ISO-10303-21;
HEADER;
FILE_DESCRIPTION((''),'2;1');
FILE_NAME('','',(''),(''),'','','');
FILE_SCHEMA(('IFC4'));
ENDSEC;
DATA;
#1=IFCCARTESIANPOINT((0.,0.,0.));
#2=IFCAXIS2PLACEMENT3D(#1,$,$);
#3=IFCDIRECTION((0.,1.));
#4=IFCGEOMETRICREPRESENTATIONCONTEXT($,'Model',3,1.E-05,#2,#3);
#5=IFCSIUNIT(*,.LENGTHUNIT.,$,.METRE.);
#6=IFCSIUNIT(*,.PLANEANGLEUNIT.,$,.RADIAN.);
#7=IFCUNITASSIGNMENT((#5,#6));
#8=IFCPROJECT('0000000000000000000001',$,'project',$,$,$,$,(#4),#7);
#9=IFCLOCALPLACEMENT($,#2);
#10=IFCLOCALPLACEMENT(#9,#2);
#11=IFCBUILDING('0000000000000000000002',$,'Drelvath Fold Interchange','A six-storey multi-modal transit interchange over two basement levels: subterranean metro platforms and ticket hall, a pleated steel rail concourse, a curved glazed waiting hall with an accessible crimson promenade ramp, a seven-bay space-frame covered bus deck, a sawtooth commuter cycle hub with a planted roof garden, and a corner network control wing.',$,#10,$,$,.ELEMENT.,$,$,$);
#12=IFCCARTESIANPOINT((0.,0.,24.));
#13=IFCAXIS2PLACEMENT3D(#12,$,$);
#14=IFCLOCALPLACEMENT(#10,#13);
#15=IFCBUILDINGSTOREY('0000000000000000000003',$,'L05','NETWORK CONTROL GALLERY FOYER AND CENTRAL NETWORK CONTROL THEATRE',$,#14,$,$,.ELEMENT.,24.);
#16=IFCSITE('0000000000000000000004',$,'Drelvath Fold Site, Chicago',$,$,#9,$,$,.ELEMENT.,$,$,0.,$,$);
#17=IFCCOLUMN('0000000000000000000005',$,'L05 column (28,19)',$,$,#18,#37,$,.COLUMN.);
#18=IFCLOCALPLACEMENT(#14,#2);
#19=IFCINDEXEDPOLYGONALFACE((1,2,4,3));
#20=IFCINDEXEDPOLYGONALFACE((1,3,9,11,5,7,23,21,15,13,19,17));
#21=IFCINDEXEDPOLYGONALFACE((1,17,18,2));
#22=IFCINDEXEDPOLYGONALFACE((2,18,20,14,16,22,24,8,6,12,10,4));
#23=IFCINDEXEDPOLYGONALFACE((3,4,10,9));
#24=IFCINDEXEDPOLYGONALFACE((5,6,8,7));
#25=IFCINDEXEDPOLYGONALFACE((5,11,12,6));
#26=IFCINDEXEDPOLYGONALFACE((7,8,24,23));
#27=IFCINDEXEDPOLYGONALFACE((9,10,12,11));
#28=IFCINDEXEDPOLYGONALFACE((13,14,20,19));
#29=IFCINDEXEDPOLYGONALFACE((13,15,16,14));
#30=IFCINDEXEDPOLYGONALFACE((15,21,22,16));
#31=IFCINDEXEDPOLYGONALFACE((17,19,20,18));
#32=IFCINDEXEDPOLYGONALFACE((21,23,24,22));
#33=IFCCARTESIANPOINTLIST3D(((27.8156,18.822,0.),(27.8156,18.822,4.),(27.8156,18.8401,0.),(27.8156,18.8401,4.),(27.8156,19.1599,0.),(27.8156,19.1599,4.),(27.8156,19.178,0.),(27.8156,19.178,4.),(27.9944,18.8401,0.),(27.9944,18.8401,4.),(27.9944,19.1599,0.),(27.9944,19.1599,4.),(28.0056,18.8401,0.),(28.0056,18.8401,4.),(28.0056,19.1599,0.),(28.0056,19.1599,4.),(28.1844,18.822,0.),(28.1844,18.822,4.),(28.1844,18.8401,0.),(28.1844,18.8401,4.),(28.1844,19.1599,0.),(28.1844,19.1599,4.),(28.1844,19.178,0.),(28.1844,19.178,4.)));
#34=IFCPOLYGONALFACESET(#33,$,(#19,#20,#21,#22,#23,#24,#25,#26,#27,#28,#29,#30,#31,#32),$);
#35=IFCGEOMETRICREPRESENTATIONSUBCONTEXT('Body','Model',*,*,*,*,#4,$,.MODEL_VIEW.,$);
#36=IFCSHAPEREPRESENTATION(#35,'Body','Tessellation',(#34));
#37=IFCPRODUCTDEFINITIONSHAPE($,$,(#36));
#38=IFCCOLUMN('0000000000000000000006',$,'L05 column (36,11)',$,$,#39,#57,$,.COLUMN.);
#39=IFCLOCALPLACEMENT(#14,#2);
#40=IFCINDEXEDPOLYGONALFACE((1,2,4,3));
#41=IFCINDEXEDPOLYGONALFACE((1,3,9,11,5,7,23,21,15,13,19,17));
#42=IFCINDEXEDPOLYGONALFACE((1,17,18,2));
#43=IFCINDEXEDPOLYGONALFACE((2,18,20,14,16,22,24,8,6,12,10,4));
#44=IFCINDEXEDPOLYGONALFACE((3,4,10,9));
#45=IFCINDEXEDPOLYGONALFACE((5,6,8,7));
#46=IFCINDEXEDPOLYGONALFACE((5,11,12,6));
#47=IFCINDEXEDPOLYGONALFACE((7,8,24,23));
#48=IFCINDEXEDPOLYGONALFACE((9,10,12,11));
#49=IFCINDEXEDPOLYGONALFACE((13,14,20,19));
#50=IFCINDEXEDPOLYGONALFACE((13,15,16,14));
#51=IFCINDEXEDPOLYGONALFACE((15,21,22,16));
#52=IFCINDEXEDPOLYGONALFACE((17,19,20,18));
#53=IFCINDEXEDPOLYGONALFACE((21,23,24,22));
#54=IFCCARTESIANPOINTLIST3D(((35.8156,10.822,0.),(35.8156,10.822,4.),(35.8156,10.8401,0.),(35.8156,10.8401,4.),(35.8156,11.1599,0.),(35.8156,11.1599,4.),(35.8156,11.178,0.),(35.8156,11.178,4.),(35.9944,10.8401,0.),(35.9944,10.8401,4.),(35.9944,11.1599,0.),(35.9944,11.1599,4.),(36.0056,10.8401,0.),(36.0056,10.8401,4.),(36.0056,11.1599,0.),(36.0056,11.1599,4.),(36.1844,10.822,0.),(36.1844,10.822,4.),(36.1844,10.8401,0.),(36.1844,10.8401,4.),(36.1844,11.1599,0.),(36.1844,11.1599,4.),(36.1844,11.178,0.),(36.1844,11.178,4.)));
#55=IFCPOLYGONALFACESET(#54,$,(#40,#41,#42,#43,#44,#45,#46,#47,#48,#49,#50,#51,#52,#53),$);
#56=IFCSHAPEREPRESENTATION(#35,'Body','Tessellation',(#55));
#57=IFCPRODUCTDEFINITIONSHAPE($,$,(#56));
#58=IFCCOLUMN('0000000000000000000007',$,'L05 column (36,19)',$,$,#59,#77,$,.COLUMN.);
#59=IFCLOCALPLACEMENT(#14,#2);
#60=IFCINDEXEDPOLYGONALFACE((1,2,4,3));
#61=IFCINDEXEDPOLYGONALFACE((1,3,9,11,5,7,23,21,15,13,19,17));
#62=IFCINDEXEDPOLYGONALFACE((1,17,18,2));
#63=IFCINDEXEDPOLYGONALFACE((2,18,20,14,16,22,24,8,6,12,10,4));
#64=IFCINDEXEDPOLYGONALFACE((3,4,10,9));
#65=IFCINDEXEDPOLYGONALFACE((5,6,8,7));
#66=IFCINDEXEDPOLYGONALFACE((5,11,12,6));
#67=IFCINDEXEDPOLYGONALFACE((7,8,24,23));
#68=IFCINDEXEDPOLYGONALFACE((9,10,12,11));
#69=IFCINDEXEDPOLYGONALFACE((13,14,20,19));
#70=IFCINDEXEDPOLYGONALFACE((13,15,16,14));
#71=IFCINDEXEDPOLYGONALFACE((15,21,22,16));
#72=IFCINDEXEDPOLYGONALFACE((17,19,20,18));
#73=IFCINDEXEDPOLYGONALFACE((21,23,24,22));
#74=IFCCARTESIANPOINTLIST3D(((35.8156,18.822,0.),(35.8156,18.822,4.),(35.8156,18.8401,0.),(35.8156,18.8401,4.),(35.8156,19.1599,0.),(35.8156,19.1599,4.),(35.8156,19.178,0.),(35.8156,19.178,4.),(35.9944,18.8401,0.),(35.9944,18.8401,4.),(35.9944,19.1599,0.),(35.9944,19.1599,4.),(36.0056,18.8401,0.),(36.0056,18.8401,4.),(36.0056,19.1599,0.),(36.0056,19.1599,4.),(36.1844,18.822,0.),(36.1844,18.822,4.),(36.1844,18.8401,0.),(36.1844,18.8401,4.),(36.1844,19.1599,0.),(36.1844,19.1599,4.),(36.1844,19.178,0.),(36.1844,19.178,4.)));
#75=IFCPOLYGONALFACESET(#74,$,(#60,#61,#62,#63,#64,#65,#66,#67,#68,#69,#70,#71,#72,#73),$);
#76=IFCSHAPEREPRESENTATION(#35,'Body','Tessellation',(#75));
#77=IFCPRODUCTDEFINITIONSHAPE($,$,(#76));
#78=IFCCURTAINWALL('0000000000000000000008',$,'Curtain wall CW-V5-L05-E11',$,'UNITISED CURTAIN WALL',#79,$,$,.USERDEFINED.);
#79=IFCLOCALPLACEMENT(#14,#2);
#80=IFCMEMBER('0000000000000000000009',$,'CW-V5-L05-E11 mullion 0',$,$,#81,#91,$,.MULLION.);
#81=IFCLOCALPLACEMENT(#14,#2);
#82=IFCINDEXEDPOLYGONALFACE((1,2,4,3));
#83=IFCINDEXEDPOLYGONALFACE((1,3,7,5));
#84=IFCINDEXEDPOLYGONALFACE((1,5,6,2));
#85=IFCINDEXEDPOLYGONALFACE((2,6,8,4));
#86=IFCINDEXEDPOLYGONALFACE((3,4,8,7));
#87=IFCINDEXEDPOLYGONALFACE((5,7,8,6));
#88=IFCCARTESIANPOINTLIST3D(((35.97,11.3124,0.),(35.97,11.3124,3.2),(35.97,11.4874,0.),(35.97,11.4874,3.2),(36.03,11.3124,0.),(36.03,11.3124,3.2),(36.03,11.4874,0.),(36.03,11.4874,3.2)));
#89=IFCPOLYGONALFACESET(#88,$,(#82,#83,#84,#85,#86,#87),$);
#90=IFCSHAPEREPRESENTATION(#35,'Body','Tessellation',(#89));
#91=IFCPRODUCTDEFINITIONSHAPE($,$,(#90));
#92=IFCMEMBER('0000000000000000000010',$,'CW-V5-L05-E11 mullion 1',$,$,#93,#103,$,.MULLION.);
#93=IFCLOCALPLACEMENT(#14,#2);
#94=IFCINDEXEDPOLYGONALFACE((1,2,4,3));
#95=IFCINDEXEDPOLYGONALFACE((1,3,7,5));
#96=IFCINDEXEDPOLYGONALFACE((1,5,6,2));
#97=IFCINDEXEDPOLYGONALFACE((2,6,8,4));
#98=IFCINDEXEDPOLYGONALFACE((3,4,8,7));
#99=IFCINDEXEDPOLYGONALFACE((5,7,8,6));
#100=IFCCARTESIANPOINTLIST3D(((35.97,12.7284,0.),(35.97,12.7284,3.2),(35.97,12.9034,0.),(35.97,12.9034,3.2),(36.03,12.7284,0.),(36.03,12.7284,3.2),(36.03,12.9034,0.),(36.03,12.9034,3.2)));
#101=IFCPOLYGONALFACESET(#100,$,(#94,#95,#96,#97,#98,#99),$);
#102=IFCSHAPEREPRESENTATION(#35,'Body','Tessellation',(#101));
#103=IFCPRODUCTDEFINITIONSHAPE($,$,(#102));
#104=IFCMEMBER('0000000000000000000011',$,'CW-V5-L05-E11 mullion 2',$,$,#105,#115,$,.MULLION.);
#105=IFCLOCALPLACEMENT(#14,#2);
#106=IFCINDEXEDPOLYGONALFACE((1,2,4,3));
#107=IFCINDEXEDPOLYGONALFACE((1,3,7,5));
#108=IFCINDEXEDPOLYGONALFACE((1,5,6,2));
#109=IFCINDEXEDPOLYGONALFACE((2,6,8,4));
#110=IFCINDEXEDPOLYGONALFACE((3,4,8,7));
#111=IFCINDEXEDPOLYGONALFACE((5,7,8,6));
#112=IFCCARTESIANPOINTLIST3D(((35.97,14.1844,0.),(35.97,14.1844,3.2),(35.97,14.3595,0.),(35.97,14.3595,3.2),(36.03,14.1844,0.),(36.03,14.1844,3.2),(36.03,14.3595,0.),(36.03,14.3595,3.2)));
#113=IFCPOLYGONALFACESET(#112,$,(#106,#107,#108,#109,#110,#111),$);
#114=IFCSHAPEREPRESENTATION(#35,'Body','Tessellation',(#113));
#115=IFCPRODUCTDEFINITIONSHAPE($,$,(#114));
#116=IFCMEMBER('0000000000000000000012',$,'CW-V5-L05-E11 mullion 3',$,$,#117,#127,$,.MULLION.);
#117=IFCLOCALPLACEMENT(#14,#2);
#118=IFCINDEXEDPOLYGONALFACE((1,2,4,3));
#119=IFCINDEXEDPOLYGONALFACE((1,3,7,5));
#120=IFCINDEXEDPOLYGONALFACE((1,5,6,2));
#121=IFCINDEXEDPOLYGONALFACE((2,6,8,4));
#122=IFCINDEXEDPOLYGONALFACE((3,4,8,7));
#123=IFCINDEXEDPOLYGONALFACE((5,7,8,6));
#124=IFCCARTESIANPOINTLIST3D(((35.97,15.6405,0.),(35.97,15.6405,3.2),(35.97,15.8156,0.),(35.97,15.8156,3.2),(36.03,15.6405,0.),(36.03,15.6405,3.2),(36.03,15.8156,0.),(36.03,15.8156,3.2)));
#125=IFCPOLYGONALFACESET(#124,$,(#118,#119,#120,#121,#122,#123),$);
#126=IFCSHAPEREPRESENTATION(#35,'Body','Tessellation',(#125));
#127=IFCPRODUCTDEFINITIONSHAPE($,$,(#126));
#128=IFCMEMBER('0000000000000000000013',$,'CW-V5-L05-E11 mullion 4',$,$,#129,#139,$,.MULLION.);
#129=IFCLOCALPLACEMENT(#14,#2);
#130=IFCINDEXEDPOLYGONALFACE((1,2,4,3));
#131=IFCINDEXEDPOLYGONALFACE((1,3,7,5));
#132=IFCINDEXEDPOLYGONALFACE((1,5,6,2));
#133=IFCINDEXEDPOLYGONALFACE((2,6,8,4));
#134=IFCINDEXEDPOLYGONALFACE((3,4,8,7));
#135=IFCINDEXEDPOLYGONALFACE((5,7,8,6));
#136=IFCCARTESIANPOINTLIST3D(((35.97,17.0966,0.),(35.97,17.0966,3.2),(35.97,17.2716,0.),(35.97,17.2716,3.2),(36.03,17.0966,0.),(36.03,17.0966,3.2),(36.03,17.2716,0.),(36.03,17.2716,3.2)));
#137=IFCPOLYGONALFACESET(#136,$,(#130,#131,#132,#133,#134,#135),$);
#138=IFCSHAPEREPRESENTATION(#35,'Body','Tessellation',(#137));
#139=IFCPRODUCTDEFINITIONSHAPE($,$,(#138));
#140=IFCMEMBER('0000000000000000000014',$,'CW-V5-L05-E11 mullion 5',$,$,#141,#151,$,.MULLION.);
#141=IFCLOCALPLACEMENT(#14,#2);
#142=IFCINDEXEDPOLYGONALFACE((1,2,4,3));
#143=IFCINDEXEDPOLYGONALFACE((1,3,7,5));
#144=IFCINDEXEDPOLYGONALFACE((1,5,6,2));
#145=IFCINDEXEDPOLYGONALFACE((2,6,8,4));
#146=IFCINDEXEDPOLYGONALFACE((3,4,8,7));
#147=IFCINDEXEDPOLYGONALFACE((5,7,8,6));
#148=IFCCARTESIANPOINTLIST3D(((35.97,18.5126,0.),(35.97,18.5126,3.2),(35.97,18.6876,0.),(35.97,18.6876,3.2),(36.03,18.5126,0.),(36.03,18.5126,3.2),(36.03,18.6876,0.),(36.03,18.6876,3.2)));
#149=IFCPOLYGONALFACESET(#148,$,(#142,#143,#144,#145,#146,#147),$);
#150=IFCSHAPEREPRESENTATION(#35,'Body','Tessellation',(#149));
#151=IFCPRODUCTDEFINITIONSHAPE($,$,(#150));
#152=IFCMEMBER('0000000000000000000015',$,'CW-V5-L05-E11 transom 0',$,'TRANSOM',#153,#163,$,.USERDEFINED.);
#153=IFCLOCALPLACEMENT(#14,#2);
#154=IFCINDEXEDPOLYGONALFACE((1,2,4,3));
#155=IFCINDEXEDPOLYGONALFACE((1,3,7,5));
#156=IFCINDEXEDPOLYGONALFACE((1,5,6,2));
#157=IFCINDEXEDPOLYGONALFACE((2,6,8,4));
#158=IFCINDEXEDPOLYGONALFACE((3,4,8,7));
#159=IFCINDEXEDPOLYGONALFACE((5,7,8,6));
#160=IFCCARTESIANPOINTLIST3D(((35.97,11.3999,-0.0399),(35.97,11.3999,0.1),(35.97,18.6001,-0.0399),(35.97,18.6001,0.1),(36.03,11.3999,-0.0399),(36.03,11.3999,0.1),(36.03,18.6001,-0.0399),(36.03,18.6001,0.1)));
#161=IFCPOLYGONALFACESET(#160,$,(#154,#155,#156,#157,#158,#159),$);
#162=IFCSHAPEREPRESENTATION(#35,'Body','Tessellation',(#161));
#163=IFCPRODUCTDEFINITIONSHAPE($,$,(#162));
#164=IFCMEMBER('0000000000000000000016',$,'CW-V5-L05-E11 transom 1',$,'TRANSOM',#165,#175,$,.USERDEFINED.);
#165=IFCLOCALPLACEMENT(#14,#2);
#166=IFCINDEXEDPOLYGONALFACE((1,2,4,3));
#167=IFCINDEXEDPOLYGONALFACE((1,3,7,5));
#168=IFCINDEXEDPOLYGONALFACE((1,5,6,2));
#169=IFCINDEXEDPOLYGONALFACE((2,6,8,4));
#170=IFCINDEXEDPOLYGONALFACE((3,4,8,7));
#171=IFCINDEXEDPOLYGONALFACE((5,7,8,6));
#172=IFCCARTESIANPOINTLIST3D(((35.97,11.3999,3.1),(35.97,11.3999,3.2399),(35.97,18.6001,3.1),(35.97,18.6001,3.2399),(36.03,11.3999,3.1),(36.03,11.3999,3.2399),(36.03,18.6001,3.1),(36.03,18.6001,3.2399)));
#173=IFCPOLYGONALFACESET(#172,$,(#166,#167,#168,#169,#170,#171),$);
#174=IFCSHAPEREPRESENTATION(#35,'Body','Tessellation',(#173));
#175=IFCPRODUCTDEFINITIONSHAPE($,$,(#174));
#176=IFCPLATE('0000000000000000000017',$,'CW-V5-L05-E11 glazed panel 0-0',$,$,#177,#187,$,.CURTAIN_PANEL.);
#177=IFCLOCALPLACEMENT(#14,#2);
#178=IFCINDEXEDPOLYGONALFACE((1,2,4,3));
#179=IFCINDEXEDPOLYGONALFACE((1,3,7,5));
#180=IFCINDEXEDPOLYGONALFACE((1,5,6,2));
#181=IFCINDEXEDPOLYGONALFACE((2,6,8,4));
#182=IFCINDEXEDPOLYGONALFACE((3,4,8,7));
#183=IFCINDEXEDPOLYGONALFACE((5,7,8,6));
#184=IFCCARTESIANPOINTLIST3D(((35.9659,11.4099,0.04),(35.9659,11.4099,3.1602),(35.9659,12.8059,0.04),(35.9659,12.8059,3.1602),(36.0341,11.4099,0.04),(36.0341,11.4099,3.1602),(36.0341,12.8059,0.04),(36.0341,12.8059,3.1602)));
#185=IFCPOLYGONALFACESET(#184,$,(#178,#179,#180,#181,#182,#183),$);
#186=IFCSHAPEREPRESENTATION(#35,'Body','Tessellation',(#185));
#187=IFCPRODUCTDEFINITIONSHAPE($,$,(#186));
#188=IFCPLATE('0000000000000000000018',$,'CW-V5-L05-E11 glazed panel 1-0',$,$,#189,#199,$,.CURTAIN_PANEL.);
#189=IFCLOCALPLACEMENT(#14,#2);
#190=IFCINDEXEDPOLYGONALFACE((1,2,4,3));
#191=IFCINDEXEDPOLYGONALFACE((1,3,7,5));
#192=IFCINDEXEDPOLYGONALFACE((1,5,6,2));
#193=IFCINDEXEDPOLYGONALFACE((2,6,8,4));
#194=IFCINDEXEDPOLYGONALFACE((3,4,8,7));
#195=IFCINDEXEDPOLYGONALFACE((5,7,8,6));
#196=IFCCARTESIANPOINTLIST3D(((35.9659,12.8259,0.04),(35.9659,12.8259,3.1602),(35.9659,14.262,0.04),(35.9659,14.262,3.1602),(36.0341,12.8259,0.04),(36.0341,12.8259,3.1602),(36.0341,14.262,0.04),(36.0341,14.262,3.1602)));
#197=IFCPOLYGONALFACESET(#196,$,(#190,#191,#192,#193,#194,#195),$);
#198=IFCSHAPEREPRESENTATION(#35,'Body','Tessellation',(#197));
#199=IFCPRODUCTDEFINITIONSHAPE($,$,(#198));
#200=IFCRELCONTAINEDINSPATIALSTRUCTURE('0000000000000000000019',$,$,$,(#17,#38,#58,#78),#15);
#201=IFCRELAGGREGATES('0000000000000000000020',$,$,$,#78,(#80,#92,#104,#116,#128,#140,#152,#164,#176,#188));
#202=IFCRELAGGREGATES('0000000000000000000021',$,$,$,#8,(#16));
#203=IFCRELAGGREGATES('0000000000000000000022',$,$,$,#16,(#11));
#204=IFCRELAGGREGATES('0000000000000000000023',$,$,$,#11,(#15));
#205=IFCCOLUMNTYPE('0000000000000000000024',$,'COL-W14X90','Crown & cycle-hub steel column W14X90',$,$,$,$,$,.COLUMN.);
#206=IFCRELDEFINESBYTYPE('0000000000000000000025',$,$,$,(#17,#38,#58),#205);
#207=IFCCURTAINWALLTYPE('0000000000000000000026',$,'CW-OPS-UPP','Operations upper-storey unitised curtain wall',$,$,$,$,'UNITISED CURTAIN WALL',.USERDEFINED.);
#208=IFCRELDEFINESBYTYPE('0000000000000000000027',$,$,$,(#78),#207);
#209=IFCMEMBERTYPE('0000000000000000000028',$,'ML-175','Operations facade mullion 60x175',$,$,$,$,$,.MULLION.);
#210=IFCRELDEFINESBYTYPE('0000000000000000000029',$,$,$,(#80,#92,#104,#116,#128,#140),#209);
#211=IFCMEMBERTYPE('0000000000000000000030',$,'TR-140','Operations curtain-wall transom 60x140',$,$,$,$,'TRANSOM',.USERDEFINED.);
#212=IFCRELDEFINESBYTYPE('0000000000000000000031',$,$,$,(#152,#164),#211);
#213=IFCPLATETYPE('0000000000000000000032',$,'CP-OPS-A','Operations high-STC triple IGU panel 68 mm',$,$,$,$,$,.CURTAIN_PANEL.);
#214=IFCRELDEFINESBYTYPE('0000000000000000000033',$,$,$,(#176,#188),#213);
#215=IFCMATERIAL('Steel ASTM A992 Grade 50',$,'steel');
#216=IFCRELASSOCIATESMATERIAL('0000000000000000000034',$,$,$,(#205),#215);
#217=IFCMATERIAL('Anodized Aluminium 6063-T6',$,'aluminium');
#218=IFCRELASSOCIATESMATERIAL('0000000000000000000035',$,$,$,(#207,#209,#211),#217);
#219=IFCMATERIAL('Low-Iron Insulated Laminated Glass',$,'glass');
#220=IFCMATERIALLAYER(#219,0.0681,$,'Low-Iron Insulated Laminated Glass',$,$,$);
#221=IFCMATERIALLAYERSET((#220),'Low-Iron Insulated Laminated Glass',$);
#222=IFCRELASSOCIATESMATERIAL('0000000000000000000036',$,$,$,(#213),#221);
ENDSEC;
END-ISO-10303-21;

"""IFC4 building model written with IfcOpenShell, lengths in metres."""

from ifc_helpers import new_model, si_unit, direction, frame, origin, origin_2d, place, context, subcontext, project, spatial, rectangle, i_section, extrude, material, layer, layer_set, material_profile, profile_set, type_object, element, aggregate, save


model = new_model("IFC4")

# Units and contexts
model_context = context("Model", 3, precision=1e-05, world=origin(), true_north=direction((0.0, 1.0)))
body_context = subcontext(model_context, "Body", "Model", "MODEL_VIEW")
ifc_project = project(units=[si_unit("LENGTHUNIT", "METRE"), si_unit("PLANEANGLEUNIT", "RADIAN")], contexts=[model_context])

# Site, building, storey
site_placement = place(None, origin())
site = spatial("IfcSite", under=ifc_project, at=site_placement, Name="Drelvath Fold Site, Chicago", CompositionType="ELEMENT", RefElevation=0.0)
building_placement = place(site_placement, origin())
building = spatial("IfcBuilding", under=site, at=building_placement, Name="Drelvath Fold Interchange", Description="A six-storey multi-modal transit interchange over two basement levels: subterranean metro platforms and ticket hall, a pleated steel rail concourse, a curved glazed waiting hall with an accessible crimson promenade ramp, a seven-bay space-frame covered bus deck, a sawtooth commuter cycle hub with a planted roof garden, and a corner network control wing.", CompositionType="ELEMENT")
storey_placement = place(building_placement, frame((0.0, 0.0, 24.0)))
storey = spatial("IfcBuildingStorey", under=building, at=storey_placement, Name="L05", Description="NETWORK CONTROL GALLERY FOYER AND CENTRAL NETWORK CONTROL THEATRE", CompositionType="ELEMENT", Elevation=24.0)

# Columns
ifc_material_1 = material(Name="Steel ASTM A992 Grade 50", Category="steel")
ifc_material_profile_1 = material_profile(ifc_material_1, i_section(OverallWidth=0.3689, OverallDepth=0.356, WebThickness=0.0112, FlangeThickness=0.0181, at=origin_2d()), Name="W14X90")
ifc_profile_set_1 = profile_set([ifc_material_profile_1], Name="Steel ASTM A992 Grade 50")
column_type = type_object("IfcColumnType", Name="COL-W14X90", Description="Crown & cycle-hub steel column W14X90", PredefinedType="COLUMN", material=ifc_profile_set_1)
for number, where, z_axis, x_axis, name in (
    (1, (28.0, 19.0, 0.0), (0.0, 0.0, 1.0), (1.0, 0.0, 0.0), "L05 column (28,19)"),
    (2, (36.0, 11.0, 0.0), (0.0, 0.0, 1.0), (1.0, 0.0, 0.0), "L05 column (36,11)"),
    (3, (36.0, 19.0, 0.0), (0.0, 0.0, 1.0), (1.0, 0.0, 0.0), "L05 column (36,19)"),
):
    element("IfcColumn", number, at=place(storey_placement, frame(where, z_axis=z_axis, x_axis=x_axis)), inside=storey, type_object=column_type, Name=name, PredefinedType="COLUMN", context=body_context, shape_type="SweptSolid", body=[
        extrude(i_section(OverallWidth=0.3689, OverallDepth=0.356, WebThickness=0.0112, FlangeThickness=0.0181, at=origin_2d()), origin(), (0.0, 0.0, 1.0), 4.0),
    ])

# Curtain wall, members, plates
ifc_material_2 = material(Name="Anodized Aluminium 6063-T6", Category="aluminium")
curtain_wall_type = type_object("IfcCurtainWallType", Name="CW-OPS-UPP", Description="Operations upper-storey unitised curtain wall", ElementType="UNITISED CURTAIN WALL", PredefinedType="USERDEFINED", material=ifc_material_2)
curtain_wall_placement = place(storey_placement, origin())
curtain_wall = element("IfcCurtainWall", 4, at=curtain_wall_placement, inside=storey, type_object=curtain_wall_type, Name="Curtain wall CW-V5-L05-E11", ObjectType="UNITISED CURTAIN WALL", PredefinedType="USERDEFINED")
ifc_material_profile_2 = material_profile(ifc_material_2, rectangle(XDim=0.0601, YDim=0.175, at=origin_2d()), Name="AL-M 60x175")
ifc_profile_set_2 = profile_set([ifc_material_profile_2], Name="Anodized Aluminium 6063-T6")
member_type_1 = type_object("IfcMemberType", Name="ML-175", Description="Operations facade mullion 60x175", PredefinedType="MULLION", material=ifc_profile_set_2)
member_1_placement = place(storey_placement, frame((36.0, 11.3999, 0.0), z_axis=(0.0, 0.0, 1.0), x_axis=(1.0, 0.0, 0.0)))
member_1 = element("IfcMember", 5, at=member_1_placement, type_object=member_type_1, Name="CW-V5-L05-E11 mullion 0", PredefinedType="MULLION", context=body_context, shape_type="SweptSolid", body=[
    extrude(rectangle(XDim=0.0601, YDim=0.175, at=origin_2d()), origin(), (0.0, 0.0, 1.0), 3.2),
])
member_2_placement = place(storey_placement, frame((36.0, 12.8159, 0.0), z_axis=(0.0, 0.0, 1.0), x_axis=(1.0, 0.0, 0.0)))
member_2 = element("IfcMember", 6, at=member_2_placement, type_object=member_type_1, Name="CW-V5-L05-E11 mullion 1", PredefinedType="MULLION", context=body_context, shape_type="SweptSolid", body=[
    extrude(rectangle(XDim=0.0601, YDim=0.175, at=origin_2d()), origin(), (0.0, 0.0, 1.0), 3.2),
])
member_3_placement = place(storey_placement, frame((36.0, 14.272, 0.0), z_axis=(0.0, 0.0, 1.0), x_axis=(1.0, 0.0, 0.0)))
member_3 = element("IfcMember", 7, at=member_3_placement, type_object=member_type_1, Name="CW-V5-L05-E11 mullion 2", PredefinedType="MULLION", context=body_context, shape_type="SweptSolid", body=[
    extrude(rectangle(XDim=0.0601, YDim=0.175, at=origin_2d()), origin(), (0.0, 0.0, 1.0), 3.2),
])
member_4_placement = place(storey_placement, frame((36.0, 15.728, 0.0), z_axis=(0.0, 0.0, 1.0), x_axis=(1.0, 0.0, 0.0)))
member_4 = element("IfcMember", 8, at=member_4_placement, type_object=member_type_1, Name="CW-V5-L05-E11 mullion 3", PredefinedType="MULLION", context=body_context, shape_type="SweptSolid", body=[
    extrude(rectangle(XDim=0.0601, YDim=0.175, at=origin_2d()), origin(), (0.0, 0.0, 1.0), 3.2),
])
member_5_placement = place(storey_placement, frame((36.0, 17.1841, 0.0), z_axis=(0.0, 0.0, 1.0), x_axis=(1.0, 0.0, 0.0)))
member_5 = element("IfcMember", 9, at=member_5_placement, type_object=member_type_1, Name="CW-V5-L05-E11 mullion 4", PredefinedType="MULLION", context=body_context, shape_type="SweptSolid", body=[
    extrude(rectangle(XDim=0.0601, YDim=0.175, at=origin_2d()), origin(), (0.0, 0.0, 1.0), 3.2),
])
member_6_placement = place(storey_placement, frame((36.0, 18.6001, 0.0), z_axis=(0.0, 0.0, 1.0), x_axis=(1.0, 0.0, 0.0)))
member_6 = element("IfcMember", 10, at=member_6_placement, type_object=member_type_1, Name="CW-V5-L05-E11 mullion 5", PredefinedType="MULLION", context=body_context, shape_type="SweptSolid", body=[
    extrude(rectangle(XDim=0.0601, YDim=0.175, at=origin_2d()), origin(), (0.0, 0.0, 1.0), 3.2),
])
ifc_material_profile_3 = material_profile(ifc_material_2, rectangle(XDim=0.0601, YDim=0.1399, at=origin_2d()), Name="AL-T 60x140")
ifc_profile_set_3 = profile_set([ifc_material_profile_3], Name="Anodized Aluminium 6063-T6")
member_type_2 = type_object("IfcMemberType", Name="TR-140", Description="Operations curtain-wall transom 60x140", ElementType="TRANSOM", PredefinedType="USERDEFINED", material=ifc_profile_set_3)
member_7_placement = place(storey_placement, frame((36.0, 11.3999, 0.03), z_axis=(0.0, 1.0, 0.0), x_axis=(-1.0, 0.0, 0.0)))
member_7 = element("IfcMember", 11, at=member_7_placement, type_object=member_type_2, Name="CW-V5-L05-E11 transom 0", ObjectType="TRANSOM", PredefinedType="USERDEFINED", context=body_context, shape_type="SweptSolid", body=[
    extrude(rectangle(XDim=0.0601, YDim=0.1399, at=origin_2d()), origin(), (0.0, 0.0, 1.0), 7.2002),
])
member_8_placement = place(storey_placement, frame((36.0, 11.3999, 3.1699), z_axis=(0.0, 1.0, 0.0), x_axis=(-1.0, 0.0, 0.0)))
member_8 = element("IfcMember", 12, at=member_8_placement, type_object=member_type_2, Name="CW-V5-L05-E11 transom 1", ObjectType="TRANSOM", PredefinedType="USERDEFINED", context=body_context, shape_type="SweptSolid", body=[
    extrude(rectangle(XDim=0.0601, YDim=0.1399, at=origin_2d()), origin(), (0.0, 0.0, 1.0), 7.2002),
])
ifc_material_3 = material(Name="Low-Iron Insulated Laminated Glass", Category="glass")
ifc_layer_1 = layer(ifc_material_3, 0.0681, Name="Low-Iron Insulated Laminated Glass")
ifc_layer_set_1 = layer_set([ifc_layer_1], Name="Low-Iron Insulated Laminated Glass")
plate_type = type_object("IfcPlateType", Name="CP-OPS-A", Description="Operations high-STC triple IGU panel 68 mm", PredefinedType="CURTAIN_PANEL", material=ifc_layer_set_1)
plate_1_placement = place(storey_placement, frame((36.0, 12.1079, 0.04), z_axis=(0.0, 0.0, 1.0), x_axis=(0.0, 1.0, 0.0)))
plate_1 = element("IfcPlate", 13, at=plate_1_placement, type_object=plate_type, Name="CW-V5-L05-E11 glazed panel 0-0", PredefinedType="CURTAIN_PANEL", context=body_context, shape_type="SweptSolid", body=[
    extrude(rectangle(XDim=1.396, YDim=0.0681, at=origin_2d()), origin(), (0.0, 0.0, 1.0), 3.1201),
])
plate_2_placement = place(storey_placement, frame((36.0, 13.5439, 0.04), z_axis=(0.0, 0.0, 1.0), x_axis=(0.0, 1.0, 0.0)))
plate_2 = element("IfcPlate", 14, at=plate_2_placement, type_object=plate_type, Name="CW-V5-L05-E11 glazed panel 1-0", PredefinedType="CURTAIN_PANEL", context=body_context, shape_type="SweptSolid", body=[
    extrude(rectangle(XDim=1.436, YDim=0.0681, at=origin_2d()), origin(), (0.0, 0.0, 1.0), 3.1201),
])
aggregate(curtain_wall, [member_1, member_2, member_3, member_4, member_5, member_6, member_7, member_8, plate_1, plate_2])

save(model, "model.ifc")
